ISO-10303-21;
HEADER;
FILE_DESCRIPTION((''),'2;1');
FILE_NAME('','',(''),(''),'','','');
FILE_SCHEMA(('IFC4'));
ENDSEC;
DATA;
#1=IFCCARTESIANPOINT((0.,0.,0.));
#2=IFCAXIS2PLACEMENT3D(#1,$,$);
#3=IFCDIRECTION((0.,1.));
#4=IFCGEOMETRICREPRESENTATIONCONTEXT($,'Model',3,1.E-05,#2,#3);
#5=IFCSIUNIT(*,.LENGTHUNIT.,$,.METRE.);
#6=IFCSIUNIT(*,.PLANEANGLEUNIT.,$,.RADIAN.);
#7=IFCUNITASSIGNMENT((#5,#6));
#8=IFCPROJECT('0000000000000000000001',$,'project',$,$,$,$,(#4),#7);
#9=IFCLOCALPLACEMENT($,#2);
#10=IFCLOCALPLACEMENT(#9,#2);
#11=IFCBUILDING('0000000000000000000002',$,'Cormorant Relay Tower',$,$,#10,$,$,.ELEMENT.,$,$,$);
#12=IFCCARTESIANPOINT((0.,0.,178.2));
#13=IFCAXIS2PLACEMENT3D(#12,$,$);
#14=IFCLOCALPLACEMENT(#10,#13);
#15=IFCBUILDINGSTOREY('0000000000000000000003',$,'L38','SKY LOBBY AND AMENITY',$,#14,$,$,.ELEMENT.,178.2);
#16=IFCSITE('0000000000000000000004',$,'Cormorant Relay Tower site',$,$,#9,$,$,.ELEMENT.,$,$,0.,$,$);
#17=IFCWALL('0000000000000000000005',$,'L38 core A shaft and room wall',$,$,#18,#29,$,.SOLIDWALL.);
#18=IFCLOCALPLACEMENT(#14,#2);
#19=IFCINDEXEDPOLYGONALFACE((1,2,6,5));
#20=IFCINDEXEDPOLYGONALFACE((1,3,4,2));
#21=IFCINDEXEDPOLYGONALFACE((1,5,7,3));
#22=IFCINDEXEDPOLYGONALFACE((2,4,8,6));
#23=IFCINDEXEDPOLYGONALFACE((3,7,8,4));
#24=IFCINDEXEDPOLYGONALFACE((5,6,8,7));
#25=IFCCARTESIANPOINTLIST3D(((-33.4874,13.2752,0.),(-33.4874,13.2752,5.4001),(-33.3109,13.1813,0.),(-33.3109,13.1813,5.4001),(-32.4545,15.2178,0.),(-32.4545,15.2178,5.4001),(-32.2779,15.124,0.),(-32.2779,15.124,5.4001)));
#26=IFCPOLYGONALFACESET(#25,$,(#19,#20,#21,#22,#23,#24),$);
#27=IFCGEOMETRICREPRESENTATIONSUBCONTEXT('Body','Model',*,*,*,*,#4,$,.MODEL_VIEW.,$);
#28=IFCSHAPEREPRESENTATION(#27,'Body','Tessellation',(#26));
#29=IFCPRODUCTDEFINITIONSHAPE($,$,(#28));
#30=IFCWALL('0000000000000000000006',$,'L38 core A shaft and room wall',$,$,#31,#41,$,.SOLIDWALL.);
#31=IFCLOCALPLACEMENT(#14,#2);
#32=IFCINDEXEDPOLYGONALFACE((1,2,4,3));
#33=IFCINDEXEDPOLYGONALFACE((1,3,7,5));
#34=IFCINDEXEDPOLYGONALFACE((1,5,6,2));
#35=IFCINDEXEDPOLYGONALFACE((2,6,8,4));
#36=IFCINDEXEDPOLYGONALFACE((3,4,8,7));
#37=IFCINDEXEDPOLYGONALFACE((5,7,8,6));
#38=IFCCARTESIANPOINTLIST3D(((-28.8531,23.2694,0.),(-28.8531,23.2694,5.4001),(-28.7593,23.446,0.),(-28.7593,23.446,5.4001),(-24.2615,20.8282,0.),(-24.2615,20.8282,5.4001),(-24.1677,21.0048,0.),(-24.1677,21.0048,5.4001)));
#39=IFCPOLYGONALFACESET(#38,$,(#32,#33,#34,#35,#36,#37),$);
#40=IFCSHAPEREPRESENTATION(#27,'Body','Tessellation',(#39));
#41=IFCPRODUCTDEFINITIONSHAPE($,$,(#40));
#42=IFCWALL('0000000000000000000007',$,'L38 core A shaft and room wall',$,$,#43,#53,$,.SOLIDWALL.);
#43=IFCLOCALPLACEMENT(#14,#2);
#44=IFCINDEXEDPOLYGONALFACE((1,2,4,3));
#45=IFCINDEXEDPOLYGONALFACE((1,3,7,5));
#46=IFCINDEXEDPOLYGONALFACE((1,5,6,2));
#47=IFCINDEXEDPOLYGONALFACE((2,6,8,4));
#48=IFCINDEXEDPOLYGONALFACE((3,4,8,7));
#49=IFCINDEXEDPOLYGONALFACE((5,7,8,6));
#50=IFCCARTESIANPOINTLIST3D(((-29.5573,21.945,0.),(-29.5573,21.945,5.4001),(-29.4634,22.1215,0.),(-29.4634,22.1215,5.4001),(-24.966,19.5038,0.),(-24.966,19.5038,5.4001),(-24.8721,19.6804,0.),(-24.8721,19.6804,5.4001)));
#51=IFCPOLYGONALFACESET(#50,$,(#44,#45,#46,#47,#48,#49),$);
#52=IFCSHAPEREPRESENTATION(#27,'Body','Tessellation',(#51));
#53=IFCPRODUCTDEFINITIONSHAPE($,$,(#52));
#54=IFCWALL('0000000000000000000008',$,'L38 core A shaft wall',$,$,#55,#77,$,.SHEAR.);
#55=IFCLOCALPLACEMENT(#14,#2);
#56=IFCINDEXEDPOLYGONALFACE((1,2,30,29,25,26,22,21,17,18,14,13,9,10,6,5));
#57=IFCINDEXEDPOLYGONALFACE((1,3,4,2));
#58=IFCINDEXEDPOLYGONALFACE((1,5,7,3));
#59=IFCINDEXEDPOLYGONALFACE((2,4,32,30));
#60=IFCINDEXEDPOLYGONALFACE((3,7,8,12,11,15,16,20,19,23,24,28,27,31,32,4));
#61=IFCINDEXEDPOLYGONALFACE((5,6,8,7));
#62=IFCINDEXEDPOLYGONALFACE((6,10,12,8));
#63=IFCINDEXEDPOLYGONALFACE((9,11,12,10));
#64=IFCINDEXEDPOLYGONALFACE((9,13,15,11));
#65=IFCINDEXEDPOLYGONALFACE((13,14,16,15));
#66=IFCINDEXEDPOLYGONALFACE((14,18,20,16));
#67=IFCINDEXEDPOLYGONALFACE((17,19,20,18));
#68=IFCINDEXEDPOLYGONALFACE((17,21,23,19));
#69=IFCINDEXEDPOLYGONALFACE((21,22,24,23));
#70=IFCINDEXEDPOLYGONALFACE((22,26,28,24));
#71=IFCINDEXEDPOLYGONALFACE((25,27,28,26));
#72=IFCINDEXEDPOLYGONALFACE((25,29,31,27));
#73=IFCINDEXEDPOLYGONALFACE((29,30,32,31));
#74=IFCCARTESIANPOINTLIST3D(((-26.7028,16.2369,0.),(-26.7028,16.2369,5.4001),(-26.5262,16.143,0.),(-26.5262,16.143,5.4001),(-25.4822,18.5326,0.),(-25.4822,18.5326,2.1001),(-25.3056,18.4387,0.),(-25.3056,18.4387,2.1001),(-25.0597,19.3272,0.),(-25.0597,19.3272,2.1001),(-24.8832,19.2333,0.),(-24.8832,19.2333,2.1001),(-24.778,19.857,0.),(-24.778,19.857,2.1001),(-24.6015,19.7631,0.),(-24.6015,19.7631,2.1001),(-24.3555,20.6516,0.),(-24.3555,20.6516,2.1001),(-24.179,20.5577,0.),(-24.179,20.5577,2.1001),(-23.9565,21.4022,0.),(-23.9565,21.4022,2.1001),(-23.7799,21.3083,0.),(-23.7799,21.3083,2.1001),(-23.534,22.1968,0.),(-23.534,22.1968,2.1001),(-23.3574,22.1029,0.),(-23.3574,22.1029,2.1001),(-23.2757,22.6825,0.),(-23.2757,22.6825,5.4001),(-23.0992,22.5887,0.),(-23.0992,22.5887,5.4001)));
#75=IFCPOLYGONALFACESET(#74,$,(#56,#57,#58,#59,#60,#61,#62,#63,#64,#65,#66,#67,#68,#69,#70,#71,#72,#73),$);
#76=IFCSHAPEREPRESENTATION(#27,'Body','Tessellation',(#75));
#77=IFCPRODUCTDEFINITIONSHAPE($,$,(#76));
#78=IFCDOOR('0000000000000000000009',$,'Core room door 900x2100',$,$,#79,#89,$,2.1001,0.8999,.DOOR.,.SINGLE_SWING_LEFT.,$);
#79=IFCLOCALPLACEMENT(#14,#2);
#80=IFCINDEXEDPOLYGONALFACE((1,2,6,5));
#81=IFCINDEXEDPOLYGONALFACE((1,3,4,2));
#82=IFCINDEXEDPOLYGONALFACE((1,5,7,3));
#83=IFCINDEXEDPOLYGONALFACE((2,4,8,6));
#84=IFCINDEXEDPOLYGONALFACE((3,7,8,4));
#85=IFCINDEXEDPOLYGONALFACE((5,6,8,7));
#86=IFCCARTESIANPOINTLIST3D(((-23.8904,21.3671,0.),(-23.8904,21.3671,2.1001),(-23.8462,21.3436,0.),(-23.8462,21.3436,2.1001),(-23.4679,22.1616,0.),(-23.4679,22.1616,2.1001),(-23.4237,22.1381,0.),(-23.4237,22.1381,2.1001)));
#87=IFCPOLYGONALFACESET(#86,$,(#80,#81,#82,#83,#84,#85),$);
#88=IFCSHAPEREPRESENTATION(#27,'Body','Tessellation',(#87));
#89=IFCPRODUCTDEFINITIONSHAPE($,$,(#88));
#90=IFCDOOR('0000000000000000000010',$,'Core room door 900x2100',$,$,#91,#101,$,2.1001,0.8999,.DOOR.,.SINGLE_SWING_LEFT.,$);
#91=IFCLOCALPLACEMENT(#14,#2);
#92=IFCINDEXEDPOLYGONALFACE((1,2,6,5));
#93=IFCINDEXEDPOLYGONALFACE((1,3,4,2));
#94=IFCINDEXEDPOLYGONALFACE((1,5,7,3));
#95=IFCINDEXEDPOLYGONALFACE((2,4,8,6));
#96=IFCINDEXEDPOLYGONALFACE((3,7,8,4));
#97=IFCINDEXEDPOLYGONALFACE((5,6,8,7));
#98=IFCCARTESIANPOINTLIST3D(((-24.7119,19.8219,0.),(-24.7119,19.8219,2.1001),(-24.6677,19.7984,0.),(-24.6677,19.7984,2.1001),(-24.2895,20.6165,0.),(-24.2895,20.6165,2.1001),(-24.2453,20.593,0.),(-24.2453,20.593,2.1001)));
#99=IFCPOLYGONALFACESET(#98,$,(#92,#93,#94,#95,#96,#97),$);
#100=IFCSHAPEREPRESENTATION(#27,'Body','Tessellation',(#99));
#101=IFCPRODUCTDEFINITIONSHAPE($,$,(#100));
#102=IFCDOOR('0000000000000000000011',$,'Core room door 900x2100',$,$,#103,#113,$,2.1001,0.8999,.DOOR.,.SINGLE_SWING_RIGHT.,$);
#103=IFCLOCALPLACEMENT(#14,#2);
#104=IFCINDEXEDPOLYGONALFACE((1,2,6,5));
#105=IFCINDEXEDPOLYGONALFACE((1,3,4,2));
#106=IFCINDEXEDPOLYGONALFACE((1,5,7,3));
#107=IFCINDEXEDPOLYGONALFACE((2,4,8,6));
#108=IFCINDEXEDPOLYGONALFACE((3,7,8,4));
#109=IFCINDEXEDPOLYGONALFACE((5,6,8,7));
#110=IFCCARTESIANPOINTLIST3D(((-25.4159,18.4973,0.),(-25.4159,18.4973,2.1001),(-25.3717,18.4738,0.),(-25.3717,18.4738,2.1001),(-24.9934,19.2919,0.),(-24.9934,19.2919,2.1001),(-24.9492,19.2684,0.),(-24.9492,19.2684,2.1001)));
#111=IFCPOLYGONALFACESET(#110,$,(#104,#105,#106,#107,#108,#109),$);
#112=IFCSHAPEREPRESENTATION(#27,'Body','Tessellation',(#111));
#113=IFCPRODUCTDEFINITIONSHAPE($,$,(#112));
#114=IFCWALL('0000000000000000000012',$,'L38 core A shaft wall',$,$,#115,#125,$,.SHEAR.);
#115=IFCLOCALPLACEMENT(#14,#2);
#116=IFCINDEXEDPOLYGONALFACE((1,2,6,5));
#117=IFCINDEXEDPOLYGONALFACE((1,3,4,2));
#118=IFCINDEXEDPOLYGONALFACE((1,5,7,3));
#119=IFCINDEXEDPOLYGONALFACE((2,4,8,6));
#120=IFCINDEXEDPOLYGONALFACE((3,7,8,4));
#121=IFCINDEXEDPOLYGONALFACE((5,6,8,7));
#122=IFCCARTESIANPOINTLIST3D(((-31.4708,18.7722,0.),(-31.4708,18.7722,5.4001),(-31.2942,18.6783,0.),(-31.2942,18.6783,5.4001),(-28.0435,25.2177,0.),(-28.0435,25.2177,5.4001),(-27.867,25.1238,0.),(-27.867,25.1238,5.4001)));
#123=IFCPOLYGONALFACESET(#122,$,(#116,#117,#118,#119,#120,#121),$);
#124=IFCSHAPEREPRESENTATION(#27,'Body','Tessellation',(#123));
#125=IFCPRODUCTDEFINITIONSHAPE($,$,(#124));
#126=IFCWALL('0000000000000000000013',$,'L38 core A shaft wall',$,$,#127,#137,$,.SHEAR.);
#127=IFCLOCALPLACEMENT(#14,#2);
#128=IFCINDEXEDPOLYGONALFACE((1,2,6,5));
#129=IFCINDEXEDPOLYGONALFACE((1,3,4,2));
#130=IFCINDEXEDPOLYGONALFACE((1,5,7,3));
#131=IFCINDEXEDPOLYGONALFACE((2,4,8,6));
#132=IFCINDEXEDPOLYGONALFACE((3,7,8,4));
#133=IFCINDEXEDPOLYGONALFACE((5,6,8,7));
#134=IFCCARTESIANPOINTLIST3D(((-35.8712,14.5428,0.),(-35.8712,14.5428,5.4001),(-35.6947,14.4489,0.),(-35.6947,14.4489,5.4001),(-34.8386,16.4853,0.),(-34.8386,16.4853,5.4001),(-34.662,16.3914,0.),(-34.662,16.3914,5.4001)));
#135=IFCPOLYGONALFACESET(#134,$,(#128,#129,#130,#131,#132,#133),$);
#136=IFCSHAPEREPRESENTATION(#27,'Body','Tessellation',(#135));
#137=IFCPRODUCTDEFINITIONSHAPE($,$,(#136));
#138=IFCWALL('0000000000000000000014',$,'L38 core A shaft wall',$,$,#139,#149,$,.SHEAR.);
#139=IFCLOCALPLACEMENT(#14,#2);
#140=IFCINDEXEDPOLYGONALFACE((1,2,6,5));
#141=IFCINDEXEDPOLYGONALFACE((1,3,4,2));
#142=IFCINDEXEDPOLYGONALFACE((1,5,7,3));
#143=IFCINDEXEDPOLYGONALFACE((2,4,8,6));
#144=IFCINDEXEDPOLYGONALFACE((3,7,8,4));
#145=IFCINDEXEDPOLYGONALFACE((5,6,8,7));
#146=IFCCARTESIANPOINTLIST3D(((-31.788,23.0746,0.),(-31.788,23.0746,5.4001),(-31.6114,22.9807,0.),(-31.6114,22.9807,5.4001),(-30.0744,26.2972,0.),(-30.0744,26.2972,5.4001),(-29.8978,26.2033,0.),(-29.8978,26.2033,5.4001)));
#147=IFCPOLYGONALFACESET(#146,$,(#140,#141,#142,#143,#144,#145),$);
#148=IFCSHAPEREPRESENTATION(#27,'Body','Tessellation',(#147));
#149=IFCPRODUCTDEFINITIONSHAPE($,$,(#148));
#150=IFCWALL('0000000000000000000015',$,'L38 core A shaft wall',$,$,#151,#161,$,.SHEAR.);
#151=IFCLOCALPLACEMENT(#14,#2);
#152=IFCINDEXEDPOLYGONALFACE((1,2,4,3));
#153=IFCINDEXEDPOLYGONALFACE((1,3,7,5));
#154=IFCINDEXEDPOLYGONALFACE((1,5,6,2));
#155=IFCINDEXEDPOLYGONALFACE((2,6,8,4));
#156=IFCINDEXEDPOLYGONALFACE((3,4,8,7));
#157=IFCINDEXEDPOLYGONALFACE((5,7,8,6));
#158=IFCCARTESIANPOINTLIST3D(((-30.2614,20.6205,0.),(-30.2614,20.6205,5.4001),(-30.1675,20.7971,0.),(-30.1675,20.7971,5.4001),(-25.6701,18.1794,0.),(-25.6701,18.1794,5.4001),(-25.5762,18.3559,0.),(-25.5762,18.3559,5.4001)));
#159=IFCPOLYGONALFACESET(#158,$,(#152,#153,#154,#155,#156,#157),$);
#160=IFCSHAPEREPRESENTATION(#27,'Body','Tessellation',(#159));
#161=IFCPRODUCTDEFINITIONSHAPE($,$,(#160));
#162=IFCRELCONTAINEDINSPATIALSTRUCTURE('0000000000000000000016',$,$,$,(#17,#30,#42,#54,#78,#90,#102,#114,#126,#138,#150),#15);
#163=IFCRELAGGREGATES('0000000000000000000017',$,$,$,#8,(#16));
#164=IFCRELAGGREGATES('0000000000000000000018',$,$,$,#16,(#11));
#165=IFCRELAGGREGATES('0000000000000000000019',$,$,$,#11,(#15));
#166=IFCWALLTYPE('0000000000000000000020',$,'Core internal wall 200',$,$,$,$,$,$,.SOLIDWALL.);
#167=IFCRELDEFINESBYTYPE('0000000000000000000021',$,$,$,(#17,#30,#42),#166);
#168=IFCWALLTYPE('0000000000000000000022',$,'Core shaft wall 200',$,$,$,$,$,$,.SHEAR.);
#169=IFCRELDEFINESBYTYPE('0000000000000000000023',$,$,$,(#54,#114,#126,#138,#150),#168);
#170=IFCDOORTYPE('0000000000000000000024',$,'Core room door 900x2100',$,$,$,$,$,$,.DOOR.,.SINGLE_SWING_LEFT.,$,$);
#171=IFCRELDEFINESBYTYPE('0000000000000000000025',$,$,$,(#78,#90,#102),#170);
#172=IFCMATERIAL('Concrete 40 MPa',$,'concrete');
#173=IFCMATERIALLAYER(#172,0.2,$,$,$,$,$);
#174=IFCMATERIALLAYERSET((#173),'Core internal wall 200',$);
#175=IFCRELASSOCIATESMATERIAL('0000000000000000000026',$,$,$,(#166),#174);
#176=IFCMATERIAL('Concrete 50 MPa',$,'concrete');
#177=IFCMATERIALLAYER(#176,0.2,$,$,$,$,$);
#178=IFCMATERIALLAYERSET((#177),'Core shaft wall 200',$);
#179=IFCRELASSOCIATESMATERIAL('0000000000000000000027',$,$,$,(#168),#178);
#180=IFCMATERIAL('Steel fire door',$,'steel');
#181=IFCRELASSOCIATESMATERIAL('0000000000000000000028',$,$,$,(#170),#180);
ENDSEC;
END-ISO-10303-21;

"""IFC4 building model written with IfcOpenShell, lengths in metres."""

from ifc_helpers import new_model, si_unit, direction, frame, frame_2d, origin, place, context, subcontext, project, spatial, rectangle, extrude, material, layer, layer_set, type_object, element, fill, save


model = new_model("IFC4")

# Units and contexts
model_context = context("Model", 3, precision=1e-05, world=origin(), true_north=direction((0.0, 1.0)))
body_context = subcontext(model_context, "Body", "Model", "MODEL_VIEW")
ifc_project = project(units=[si_unit("LENGTHUNIT", "METRE"), si_unit("PLANEANGLEUNIT", "RADIAN")], contexts=[model_context])

# Site, building, storey
site_placement = place(None, origin())
site = spatial("IfcSite", under=ifc_project, at=site_placement, Name="Cormorant Relay Tower site", CompositionType="ELEMENT", RefElevation=0.0)
building_placement = place(site_placement, origin())
building = spatial("IfcBuilding", under=site, at=building_placement, Name="Cormorant Relay Tower", CompositionType="ELEMENT")
storey_placement = place(building_placement, frame((0.0, 0.0, 178.2)))
storey = spatial("IfcBuildingStorey", under=building, at=storey_placement, Name="L38", Description="SKY LOBBY AND AMENITY", CompositionType="ELEMENT", Elevation=178.2)

# Walls
ifc_material_1 = material(Name="Concrete 40 MPa", Category="concrete")
ifc_layer_1 = layer(ifc_material_1, 0.2)
ifc_layer_set_1 = layer_set([ifc_layer_1], Name="Core internal wall 200")
wall_type_1 = type_object("IfcWallType", Name="Core internal wall 200", PredefinedType="SOLIDWALL", material=ifc_layer_set_1)
wall_1_placement = place(storey_placement, frame((-32.3662, 15.1709, 0.0), z_axis=(0.0, 0.0, 1.0), x_axis=(-0.469488, -0.882939, 0.0)))
element("IfcWall", 1, at=wall_1_placement, inside=storey, type_object=wall_type_1, Name="L38 core A shaft and room wall", PredefinedType="SOLIDWALL", context=body_context, shape_type="SweptSolid", body=[
    extrude(rectangle(XDim=2.2002, YDim=0.2, at=frame_2d((1.1001, 0.0))), origin(), (0.0, 0.0, 1.0), 5.4001),
])
wall_2_placement = place(storey_placement, frame((-24.2146, 20.9165, 0.0), z_axis=(0.0, 0.0, 1.0), x_axis=(-0.882964, 0.46944, 0.0)))
element("IfcWall", 2, at=wall_2_placement, inside=storey, type_object=wall_type_1, Name="L38 core A shaft and room wall", PredefinedType="SOLIDWALL", context=body_context, shape_type="SweptSolid", body=[
    extrude(rectangle(XDim=5.2002, YDim=0.2, at=frame_2d((2.6001, 0.0))), origin(), (0.0, 0.0, 1.0), 5.4001),
])
wall_3_placement = place(storey_placement, frame((-24.9189, 19.592, 0.0), z_axis=(0.0, 0.0, 1.0), x_axis=(-0.882954, 0.46946, 0.0)))
element("IfcWall", 3, at=wall_3_placement, inside=storey, type_object=wall_type_1, Name="L38 core A shaft and room wall", PredefinedType="SOLIDWALL", context=body_context, shape_type="SweptSolid", body=[
    extrude(rectangle(XDim=5.2, YDim=0.2, at=frame_2d((2.6001, 0.0))), origin(), (0.0, 0.0, 1.0), 5.4001),
])

# Wall, openings, doors
ifc_material_2 = material(Name="Concrete 50 MPa", Category="concrete")
ifc_layer_2 = layer(ifc_material_2, 0.2)
ifc_layer_set_2 = layer_set([ifc_layer_2], Name="Core shaft wall 200")
wall_type_2 = type_object("IfcWallType", Name="Core shaft wall 200", PredefinedType="SHEAR", material=ifc_layer_set_2)
wall_4_placement = place(storey_placement, frame((-23.1875, 22.6355, 0.0), z_axis=(0.0, 0.0, 1.0), x_axis=(-0.469454, -0.882957, 0.0)))
wall_4 = element("IfcWall", 4, at=wall_4_placement, inside=storey, type_object=wall_type_2, Name="L38 core A shaft wall", PredefinedType="SHEAR", context=body_context, shape_type="SweptSolid", body=[
    extrude(rectangle(XDim=7.3, YDim=0.2, at=frame_2d((3.6499, 0.0))), origin(), (0.0, 0.0, 1.0), 5.4001),
])
opening_1_placement = place(wall_4_placement, frame((0.55, 0.0, 0.0)))
opening_1 = element("IfcOpeningElement", 5, at=opening_1_placement, cuts=wall_4, PredefinedType="OPENING", context=body_context, shape_type="SweptSolid", body=[
    extrude(rectangle(XDim=0.8999, YDim=2.1001, at=frame_2d((0.45, 1.05))), frame((0.0, 0.1099, 0.0), z_axis=(0.0, -1.0, 0.0), x_axis=(1.0, 0.0, 0.0)), (0.0, 0.0, 1.0), 0.22),
])
opening_2_placement = place(wall_4_placement, frame((2.3, 0.0, 0.0)))
opening_2 = element("IfcOpeningElement", 6, at=opening_2_placement, cuts=wall_4, PredefinedType="OPENING", context=body_context, shape_type="SweptSolid", body=[
    extrude(rectangle(XDim=0.8999, YDim=2.1001, at=frame_2d((0.45, 1.05))), frame((0.0, 0.1099, 0.0), z_axis=(0.0, -1.0, 0.0), x_axis=(1.0, 0.0, 0.0)), (0.0, 0.0, 1.0), 0.22),
])
opening_3_placement = place(wall_4_placement, frame((3.8, 0.0, 0.0)))
opening_3 = element("IfcOpeningElement", 7, at=opening_3_placement, cuts=wall_4, PredefinedType="OPENING", context=body_context, shape_type="SweptSolid", body=[
    extrude(rectangle(XDim=0.8999, YDim=2.1001, at=frame_2d((0.45, 1.05))), frame((0.0, 0.1099, 0.0), z_axis=(0.0, -1.0, 0.0), x_axis=(1.0, 0.0, 0.0)), (0.0, 0.0, 1.0), 0.22),
])
ifc_material_3 = material(Name="Steel fire door", Category="steel")
door_type_1 = type_object("IfcDoorType", Name="Core room door 900x2100", OperationType="SINGLE_SWING_LEFT", PredefinedType="DOOR", material=ifc_material_3)
door_1_placement = place(opening_1_placement, origin())
door_1 = element("IfcDoor", 8, at=door_1_placement, inside=storey, type_object=door_type_1, Name="Core room door 900x2100", OperationType="SINGLE_SWING_LEFT", OverallHeight=2.1001, OverallWidth=0.8999, PredefinedType="DOOR", context=body_context, shape_type="SweptSolid", body=[
    extrude(rectangle(XDim=0.8999, YDim=2.1001, at=frame_2d((0.45, 1.05))), frame((0.0, 0.0249, 0.0), z_axis=(0.0, -1.0, 0.0), x_axis=(1.0, 0.0, 0.0)), (0.0, 0.0, 1.0), 0.05),
])
fill(opening_1, door_1)
door_2_placement = place(opening_2_placement, origin())
door_2 = element("IfcDoor", 9, at=door_2_placement, inside=storey, type_object=door_type_1, Name="Core room door 900x2100", OperationType="SINGLE_SWING_LEFT", OverallHeight=2.1001, OverallWidth=0.8999, PredefinedType="DOOR", context=body_context, shape_type="SweptSolid", body=[
    extrude(rectangle(XDim=0.8999, YDim=2.1001, at=frame_2d((0.45, 1.05))), frame((0.0, 0.0249, 0.0), z_axis=(0.0, -1.0, 0.0), x_axis=(1.0, 0.0, 0.0)), (0.0, 0.0, 1.0), 0.05),
])
fill(opening_2, door_2)
door_3_placement = place(opening_3_placement, frame((0.8999, 0.0, 0.0), z_axis=(0.0, 0.0, 1.0), x_axis=(-1.0, 0.0, 0.0)))
door_3 = element("IfcDoor", 10, at=door_3_placement, inside=storey, type_object=door_type_1, Name="Core room door 900x2100", OperationType="SINGLE_SWING_RIGHT", OverallHeight=2.1001, OverallWidth=0.8999, PredefinedType="DOOR", context=body_context, shape_type="SweptSolid", body=[
    extrude(rectangle(XDim=0.8999, YDim=2.1001, at=frame_2d((0.45, 1.05))), frame((0.0, 0.0249, 0.0), z_axis=(0.0, -1.0, 0.0), x_axis=(1.0, 0.0, 0.0)), (0.0, 0.0, 1.0), 0.05),
])
fill(opening_3, door_3)

# Walls
wall_5_placement = place(storey_placement, frame((-27.9553, 25.1707, 0.0), z_axis=(0.0, 0.0, 1.0), x_axis=(-0.46948, -0.882943, 0.0)))
element("IfcWall", 11, at=wall_5_placement, inside=storey, type_object=wall_type_2, Name="L38 core A shaft wall", PredefinedType="SHEAR", context=body_context, shape_type="SweptSolid", body=[
    extrude(rectangle(XDim=7.3, YDim=0.2, at=frame_2d((3.6499, 0.0))), origin(), (0.0, 0.0, 1.0), 5.4001),
])
wall_6_placement = place(storey_placement, frame((-34.7502, 16.4385, 0.0), z_axis=(0.0, 0.0, 1.0), x_axis=(-0.469401, -0.882985, 0.0)))
element("IfcWall", 12, at=wall_6_placement, inside=storey, type_object=wall_type_2, Name="L38 core A shaft wall", PredefinedType="SHEAR", context=body_context, shape_type="SweptSolid", body=[
    extrude(rectangle(XDim=2.2, YDim=0.2, at=frame_2d((1.1001, 0.0))), origin(), (0.0, 0.0, 1.0), 5.4001),
])
wall_7_placement = place(storey_placement, frame((-29.9861, 26.2502, 0.0), z_axis=(0.0, 0.0, 1.0), x_axis=(-0.469494, -0.882936, 0.0)))
element("IfcWall", 13, at=wall_7_placement, inside=storey, type_object=wall_type_2, Name="L38 core A shaft wall", PredefinedType="SHEAR", context=body_context, shape_type="SweptSolid", body=[
    extrude(rectangle(XDim=3.6499, YDim=0.2, at=frame_2d((1.825, 0.0))), origin(), (0.0, 0.0, 1.0), 5.4001),
])

# Wall
wall_8_placement = place(storey_placement, frame((-25.623, 18.2676, 0.0), z_axis=(0.0, 0.0, 1.0), x_axis=(-0.882954, 0.46946, 0.0)))
element("IfcWall", 14, at=wall_8_placement, inside=storey, type_object=wall_type_2, Name="L38 core A shaft wall", PredefinedType="SHEAR", context=body_context, shape_type="SweptSolid", body=[
    extrude(rectangle(XDim=5.2, YDim=0.2, at=frame_2d((2.6001, 0.0))), origin(), (0.0, 0.0, 1.0), 5.4001),
])

save(model, "model.ifc")
